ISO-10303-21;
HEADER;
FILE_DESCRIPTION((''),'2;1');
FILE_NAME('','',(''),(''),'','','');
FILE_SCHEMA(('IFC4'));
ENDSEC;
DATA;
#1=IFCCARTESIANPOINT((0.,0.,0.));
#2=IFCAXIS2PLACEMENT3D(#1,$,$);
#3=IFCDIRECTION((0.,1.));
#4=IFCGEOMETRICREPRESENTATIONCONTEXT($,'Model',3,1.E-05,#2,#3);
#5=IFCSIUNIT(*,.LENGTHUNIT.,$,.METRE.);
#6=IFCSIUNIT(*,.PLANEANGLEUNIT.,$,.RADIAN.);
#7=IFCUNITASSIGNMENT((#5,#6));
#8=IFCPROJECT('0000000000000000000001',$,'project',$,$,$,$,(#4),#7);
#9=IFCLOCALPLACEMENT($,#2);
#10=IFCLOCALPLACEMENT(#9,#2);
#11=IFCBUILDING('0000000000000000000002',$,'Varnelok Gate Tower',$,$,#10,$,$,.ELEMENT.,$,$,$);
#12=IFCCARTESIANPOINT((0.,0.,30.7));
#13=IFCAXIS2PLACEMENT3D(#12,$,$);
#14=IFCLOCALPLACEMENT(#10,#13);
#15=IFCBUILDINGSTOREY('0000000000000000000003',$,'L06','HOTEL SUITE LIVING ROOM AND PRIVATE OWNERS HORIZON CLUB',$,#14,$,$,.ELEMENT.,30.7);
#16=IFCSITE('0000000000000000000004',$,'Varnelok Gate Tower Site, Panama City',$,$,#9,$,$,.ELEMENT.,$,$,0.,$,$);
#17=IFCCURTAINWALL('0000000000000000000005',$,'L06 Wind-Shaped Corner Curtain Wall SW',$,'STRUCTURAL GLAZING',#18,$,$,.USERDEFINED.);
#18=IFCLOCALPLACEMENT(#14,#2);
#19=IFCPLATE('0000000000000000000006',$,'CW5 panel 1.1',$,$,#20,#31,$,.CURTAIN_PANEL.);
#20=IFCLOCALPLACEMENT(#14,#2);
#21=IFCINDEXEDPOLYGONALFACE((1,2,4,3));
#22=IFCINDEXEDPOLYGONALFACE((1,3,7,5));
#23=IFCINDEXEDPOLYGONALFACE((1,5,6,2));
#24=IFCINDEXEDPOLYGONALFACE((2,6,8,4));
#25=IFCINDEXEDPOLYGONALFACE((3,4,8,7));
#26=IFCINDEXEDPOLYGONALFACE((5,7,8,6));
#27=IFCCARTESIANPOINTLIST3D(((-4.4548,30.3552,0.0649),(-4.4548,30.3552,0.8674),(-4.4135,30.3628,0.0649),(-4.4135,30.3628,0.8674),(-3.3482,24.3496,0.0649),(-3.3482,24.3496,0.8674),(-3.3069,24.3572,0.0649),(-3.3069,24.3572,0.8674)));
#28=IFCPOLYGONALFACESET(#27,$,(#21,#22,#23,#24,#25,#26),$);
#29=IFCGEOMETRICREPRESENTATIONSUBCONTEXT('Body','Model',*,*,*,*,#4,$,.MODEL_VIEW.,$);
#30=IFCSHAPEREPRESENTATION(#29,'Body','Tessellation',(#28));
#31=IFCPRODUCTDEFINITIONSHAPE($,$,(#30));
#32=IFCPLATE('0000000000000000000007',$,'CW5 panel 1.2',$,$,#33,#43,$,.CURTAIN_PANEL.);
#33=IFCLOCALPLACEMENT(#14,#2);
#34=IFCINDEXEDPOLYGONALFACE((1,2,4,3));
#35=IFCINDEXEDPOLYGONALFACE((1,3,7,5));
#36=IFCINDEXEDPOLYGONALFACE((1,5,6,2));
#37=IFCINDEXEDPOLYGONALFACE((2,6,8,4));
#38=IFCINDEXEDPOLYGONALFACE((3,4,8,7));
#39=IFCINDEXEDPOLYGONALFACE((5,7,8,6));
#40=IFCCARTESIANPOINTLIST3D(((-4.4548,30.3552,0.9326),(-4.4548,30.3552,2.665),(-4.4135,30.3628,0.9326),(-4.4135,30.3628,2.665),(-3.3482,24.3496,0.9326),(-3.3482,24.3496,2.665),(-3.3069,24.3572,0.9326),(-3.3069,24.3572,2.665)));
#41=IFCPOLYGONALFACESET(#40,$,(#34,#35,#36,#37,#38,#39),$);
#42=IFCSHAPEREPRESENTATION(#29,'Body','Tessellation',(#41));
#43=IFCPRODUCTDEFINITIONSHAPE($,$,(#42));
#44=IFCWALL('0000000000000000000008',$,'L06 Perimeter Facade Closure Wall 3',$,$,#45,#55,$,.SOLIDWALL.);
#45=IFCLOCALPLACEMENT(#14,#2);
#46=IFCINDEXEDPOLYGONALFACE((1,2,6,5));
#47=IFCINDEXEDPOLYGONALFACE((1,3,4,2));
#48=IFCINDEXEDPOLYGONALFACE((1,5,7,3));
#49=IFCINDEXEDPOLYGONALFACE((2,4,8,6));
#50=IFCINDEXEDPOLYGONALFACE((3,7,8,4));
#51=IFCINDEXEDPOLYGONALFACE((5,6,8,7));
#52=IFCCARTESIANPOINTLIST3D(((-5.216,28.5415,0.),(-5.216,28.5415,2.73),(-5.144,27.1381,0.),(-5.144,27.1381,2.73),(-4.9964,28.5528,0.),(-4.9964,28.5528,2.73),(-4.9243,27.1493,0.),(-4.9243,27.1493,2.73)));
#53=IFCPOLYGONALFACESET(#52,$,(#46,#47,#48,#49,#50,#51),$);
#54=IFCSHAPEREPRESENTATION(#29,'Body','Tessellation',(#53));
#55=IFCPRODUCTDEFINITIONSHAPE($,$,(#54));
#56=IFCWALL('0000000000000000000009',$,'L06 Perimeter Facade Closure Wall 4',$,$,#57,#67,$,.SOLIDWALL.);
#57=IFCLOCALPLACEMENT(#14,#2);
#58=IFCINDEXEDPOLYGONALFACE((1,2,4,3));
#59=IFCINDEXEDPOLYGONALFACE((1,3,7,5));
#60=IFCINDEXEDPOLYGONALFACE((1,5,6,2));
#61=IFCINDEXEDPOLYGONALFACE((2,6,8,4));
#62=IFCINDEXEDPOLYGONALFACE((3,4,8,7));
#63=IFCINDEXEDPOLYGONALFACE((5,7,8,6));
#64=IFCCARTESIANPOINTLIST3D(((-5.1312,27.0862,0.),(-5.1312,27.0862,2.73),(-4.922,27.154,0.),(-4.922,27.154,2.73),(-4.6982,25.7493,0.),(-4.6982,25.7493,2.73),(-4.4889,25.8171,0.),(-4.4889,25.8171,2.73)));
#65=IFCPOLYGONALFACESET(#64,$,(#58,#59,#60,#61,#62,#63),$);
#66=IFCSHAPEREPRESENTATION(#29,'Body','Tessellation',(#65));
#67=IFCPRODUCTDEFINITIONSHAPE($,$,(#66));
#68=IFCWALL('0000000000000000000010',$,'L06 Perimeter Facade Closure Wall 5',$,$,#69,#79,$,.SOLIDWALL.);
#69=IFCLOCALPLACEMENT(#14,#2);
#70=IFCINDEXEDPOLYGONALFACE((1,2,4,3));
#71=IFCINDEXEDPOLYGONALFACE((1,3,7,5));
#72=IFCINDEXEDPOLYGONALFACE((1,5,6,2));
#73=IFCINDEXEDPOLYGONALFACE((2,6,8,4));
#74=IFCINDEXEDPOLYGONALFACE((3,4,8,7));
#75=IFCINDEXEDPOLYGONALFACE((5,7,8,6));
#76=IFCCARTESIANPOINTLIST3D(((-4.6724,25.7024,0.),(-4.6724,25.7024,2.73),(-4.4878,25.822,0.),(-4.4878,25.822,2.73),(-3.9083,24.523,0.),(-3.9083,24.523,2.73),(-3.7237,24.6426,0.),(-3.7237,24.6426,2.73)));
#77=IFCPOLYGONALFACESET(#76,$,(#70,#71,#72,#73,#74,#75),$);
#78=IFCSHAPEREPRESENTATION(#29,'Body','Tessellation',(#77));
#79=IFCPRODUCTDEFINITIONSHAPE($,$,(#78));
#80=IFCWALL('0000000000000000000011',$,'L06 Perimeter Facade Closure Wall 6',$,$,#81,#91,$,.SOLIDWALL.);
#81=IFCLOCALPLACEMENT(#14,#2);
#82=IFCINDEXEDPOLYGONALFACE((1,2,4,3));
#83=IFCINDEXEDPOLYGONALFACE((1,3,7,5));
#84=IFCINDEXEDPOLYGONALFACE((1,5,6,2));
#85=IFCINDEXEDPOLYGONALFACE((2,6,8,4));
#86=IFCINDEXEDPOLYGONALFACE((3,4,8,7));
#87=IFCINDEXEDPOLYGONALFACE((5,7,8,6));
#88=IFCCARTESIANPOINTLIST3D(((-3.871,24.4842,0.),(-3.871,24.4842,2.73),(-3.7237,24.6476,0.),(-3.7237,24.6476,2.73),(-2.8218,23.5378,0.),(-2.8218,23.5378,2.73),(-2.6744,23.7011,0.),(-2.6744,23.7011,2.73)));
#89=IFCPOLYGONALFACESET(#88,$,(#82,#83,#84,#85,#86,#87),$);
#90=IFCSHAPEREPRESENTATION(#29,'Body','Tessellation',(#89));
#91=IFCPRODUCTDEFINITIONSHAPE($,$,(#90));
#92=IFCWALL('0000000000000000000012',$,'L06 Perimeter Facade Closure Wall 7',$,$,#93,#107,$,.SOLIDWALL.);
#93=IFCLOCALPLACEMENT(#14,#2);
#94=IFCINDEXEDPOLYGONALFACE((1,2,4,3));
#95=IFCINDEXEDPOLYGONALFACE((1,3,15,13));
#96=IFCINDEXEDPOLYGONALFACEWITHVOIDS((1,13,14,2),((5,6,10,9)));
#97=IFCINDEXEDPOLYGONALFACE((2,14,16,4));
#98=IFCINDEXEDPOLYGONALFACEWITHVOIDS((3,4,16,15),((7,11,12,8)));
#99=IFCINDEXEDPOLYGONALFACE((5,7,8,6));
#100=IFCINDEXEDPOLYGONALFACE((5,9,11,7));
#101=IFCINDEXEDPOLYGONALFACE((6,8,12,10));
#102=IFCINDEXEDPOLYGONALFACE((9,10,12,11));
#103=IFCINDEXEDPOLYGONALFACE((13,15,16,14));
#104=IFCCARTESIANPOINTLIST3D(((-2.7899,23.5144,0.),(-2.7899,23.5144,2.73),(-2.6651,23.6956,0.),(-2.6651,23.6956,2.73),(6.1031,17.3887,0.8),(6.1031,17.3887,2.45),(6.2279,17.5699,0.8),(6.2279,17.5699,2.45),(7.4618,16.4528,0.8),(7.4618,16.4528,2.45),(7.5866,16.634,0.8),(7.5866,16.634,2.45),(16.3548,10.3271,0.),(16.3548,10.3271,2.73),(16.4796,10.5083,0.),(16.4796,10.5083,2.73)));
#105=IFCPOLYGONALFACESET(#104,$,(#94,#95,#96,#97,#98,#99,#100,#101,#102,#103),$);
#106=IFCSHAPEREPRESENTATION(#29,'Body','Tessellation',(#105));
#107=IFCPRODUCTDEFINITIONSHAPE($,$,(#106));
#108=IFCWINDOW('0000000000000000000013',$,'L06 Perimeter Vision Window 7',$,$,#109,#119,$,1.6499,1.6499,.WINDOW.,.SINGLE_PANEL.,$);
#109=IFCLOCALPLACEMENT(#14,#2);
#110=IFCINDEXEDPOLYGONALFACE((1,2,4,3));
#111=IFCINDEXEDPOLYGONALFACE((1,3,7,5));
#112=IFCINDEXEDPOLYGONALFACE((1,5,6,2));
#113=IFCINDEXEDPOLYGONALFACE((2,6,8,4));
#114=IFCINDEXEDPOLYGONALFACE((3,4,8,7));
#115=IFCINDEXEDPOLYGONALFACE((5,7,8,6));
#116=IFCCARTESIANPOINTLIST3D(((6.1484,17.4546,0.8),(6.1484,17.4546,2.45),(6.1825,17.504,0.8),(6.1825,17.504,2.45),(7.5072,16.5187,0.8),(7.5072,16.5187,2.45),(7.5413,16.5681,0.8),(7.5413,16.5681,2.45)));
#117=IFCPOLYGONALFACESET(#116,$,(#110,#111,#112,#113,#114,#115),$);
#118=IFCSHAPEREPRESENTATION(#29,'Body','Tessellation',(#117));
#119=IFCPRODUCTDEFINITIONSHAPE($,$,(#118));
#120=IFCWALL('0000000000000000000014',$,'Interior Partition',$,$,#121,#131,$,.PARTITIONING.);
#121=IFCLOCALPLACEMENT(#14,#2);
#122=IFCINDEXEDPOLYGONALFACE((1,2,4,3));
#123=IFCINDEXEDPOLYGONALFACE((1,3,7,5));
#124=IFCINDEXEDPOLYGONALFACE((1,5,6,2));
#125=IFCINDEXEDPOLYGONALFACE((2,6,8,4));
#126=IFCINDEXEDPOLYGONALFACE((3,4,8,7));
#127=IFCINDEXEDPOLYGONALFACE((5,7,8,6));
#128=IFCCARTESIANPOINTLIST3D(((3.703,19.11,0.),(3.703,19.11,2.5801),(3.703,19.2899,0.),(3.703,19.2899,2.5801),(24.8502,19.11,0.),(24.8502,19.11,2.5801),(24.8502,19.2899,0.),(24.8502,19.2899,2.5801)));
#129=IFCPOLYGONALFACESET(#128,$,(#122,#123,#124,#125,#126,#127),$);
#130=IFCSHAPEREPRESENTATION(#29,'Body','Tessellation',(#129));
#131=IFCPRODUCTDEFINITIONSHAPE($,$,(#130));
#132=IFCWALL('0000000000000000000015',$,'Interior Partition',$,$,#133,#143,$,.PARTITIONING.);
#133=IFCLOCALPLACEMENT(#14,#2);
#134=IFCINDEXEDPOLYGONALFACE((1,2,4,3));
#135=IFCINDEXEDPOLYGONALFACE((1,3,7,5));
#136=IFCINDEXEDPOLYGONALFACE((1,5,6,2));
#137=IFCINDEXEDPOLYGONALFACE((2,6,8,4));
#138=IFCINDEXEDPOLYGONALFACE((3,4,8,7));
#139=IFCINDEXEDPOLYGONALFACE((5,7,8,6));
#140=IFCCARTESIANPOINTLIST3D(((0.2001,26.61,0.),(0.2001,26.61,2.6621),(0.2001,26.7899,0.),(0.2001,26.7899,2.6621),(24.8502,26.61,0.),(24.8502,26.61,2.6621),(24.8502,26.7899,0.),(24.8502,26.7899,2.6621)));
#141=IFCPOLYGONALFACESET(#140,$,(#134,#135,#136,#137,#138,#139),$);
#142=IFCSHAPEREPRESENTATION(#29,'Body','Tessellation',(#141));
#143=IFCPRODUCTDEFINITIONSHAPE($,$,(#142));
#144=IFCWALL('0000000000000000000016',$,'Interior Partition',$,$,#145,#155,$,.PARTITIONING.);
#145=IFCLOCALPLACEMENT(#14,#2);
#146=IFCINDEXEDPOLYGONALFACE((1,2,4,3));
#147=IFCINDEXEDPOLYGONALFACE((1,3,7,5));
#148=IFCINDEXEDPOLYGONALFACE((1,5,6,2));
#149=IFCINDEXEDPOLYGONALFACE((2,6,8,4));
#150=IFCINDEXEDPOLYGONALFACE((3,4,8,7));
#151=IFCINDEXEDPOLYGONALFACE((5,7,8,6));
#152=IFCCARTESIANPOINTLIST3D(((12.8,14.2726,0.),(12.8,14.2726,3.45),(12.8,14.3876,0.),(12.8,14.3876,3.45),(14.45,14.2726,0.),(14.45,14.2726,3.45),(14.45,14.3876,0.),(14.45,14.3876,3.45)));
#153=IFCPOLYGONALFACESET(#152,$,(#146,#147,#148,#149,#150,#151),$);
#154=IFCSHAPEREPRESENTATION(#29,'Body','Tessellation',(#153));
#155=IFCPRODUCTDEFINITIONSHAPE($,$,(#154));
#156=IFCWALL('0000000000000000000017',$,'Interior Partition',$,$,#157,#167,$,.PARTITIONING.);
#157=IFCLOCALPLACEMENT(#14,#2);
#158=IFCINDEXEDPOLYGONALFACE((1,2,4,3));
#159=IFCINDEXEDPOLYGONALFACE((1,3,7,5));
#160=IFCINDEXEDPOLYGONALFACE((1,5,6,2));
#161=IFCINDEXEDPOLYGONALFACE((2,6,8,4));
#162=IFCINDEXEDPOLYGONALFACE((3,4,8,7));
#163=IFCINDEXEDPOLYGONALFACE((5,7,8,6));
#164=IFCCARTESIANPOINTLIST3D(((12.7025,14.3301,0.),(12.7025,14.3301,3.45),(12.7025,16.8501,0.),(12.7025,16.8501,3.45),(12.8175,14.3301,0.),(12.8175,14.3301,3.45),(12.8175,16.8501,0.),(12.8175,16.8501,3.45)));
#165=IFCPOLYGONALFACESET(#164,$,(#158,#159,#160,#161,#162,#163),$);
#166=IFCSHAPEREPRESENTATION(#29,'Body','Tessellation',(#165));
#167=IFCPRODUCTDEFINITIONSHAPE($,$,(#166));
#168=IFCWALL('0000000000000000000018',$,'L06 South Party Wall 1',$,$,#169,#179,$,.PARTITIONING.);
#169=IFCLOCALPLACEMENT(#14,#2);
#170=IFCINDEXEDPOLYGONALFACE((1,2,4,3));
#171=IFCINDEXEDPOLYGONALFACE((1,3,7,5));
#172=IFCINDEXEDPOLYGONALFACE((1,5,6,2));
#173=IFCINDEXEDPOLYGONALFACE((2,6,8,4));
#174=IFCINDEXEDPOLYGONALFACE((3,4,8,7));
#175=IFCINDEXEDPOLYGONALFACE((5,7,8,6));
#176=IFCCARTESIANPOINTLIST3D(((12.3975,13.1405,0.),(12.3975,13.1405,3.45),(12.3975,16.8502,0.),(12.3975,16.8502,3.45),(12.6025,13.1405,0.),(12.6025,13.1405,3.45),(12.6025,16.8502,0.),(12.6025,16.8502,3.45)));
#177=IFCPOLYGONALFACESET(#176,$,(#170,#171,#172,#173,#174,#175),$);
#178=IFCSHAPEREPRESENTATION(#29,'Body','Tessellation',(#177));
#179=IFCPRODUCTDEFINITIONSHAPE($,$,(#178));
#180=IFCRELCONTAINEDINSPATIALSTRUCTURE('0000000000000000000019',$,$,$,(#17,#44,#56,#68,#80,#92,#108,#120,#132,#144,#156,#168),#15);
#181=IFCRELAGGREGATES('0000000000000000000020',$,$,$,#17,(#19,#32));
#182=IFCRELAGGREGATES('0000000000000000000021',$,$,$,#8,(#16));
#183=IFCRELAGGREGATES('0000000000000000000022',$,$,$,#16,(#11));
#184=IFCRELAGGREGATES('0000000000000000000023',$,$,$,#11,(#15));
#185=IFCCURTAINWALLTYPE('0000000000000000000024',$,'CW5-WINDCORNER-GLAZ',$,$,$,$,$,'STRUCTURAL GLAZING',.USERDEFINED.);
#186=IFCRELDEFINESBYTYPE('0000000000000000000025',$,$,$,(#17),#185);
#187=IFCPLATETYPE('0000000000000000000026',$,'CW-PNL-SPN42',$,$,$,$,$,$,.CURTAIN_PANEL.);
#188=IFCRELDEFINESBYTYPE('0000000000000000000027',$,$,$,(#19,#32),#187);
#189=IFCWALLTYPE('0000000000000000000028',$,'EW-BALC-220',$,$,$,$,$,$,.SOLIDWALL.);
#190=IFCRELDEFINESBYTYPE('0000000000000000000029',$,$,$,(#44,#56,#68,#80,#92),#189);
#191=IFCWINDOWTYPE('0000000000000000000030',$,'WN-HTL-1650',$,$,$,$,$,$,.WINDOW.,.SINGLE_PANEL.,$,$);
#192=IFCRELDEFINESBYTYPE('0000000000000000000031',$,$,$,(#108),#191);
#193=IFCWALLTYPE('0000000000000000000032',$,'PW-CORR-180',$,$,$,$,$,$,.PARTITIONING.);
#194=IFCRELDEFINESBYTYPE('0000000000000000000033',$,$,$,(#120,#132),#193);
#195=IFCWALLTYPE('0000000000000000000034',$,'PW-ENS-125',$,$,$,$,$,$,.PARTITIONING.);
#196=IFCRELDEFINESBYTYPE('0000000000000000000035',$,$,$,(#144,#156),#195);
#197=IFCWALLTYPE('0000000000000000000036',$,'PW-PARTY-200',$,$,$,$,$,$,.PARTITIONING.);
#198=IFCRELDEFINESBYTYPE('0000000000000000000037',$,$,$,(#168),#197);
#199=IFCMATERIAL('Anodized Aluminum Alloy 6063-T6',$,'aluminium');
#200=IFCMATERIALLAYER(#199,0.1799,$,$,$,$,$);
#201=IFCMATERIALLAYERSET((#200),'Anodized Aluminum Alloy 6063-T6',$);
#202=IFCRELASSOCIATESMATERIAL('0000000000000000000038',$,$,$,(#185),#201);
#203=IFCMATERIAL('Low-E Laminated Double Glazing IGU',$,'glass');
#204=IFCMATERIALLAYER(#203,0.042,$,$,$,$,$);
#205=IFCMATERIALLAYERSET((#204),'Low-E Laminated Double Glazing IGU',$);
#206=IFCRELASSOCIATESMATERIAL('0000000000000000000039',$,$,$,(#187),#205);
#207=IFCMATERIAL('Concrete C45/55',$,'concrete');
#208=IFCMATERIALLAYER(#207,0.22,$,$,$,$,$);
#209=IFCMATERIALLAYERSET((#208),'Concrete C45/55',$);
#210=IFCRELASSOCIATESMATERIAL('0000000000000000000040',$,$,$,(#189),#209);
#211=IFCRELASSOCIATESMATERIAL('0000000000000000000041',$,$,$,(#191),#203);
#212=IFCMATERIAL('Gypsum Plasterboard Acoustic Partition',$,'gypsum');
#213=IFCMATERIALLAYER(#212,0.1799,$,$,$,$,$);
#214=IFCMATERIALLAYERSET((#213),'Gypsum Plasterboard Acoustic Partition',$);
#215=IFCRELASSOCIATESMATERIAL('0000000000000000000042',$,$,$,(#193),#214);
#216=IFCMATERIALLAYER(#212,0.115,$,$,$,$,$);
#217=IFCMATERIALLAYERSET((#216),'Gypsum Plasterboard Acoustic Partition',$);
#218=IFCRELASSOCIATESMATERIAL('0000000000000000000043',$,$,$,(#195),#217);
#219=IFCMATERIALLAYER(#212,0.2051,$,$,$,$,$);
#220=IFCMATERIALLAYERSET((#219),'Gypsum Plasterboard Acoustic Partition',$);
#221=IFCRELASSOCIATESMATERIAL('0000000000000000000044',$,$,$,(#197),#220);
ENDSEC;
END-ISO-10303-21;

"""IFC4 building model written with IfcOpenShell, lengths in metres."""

from ifc_helpers import new_model, si_unit, direction, frame, frame_2d, origin, origin_2d, place, context, subcontext, project, spatial, rectangle, extrude, source, transform, mapped, material, layer, layer_set, type_object, element, fill, aggregate, save


model = new_model("IFC4")

# Units and contexts
model_context = context("Model", 3, precision=1e-05, world=origin(), true_north=direction((0.0, 1.0)))
body_context = subcontext(model_context, "Body", "Model", "MODEL_VIEW")
ifc_project = project(units=[si_unit("LENGTHUNIT", "METRE"), si_unit("PLANEANGLEUNIT", "RADIAN")], contexts=[model_context])

# Site, building, storey
site_placement = place(None, origin())
site = spatial("IfcSite", under=ifc_project, at=site_placement, Name="Varnelok Gate Tower Site, Panama City", CompositionType="ELEMENT", RefElevation=0.0)
building_placement = place(site_placement, origin())
building = spatial("IfcBuilding", under=site, at=building_placement, Name="Varnelok Gate Tower", CompositionType="ELEMENT")
storey_placement = place(building_placement, frame((0.0, 0.0, 30.7)))
storey = spatial("IfcBuildingStorey", under=building, at=storey_placement, Name="L06", Description="HOTEL SUITE LIVING ROOM AND PRIVATE OWNERS HORIZON CLUB", CompositionType="ELEMENT", Elevation=30.7)

# Curtain wall
ifc_material_1 = material(Name="Anodized Aluminum Alloy 6063-T6", Category="aluminium")
ifc_layer_1 = layer(ifc_material_1, 0.1799)
ifc_layer_set_1 = layer_set([ifc_layer_1], Name="Anodized Aluminum Alloy 6063-T6")
curtain_wall_type = type_object("IfcCurtainWallType", Name="CW5-WINDCORNER-GLAZ", ElementType="STRUCTURAL GLAZING", PredefinedType="USERDEFINED", material=ifc_layer_set_1)
curtain_wall_placement = place(storey_placement, origin())
curtain_wall = element("IfcCurtainWall", 1, at=curtain_wall_placement, inside=storey, type_object=curtain_wall_type, Name="L06 Wind-Shaped Corner Curtain Wall SW", ObjectType="STRUCTURAL GLAZING", PredefinedType="USERDEFINED")

# Shared definitions
ifc_material_2 = material(Name="Concrete C45/55", Category="concrete")

# Plates
ifc_material_3 = material(Name="Low-E Laminated Double Glazing IGU", Category="glass")
ifc_layer_2 = layer(ifc_material_3, 0.042)
ifc_layer_set_2 = layer_set([ifc_layer_2], Name="Low-E Laminated Double Glazing IGU")
plate_type = type_object("IfcPlateType", Name="CW-PNL-SPN42", PredefinedType="CURTAIN_PANEL", material=ifc_layer_set_2)
shared_shape_1 = source(origin(), body_context, "Body", "SweptSolid", [
    extrude(rectangle(XDim=6.1067, YDim=0.042, at=origin_2d()), origin(), (0.0, 0.0, 1.0), 0.8025),
])
plate_1_placement = place(storey_placement, frame((-3.8809, 27.3562, 0.0649), z_axis=(0.0, 0.0, 1.0), x_axis=(0.181203, -0.983446, 0.0)))
plate_1 = element("IfcPlate", 2, at=plate_1_placement, type_object=plate_type, Name="CW5 panel 1.1", PredefinedType="CURTAIN_PANEL", context=body_context, shape_type="MappedRepresentation", body=[
    mapped(shared_shape_1, transform((0.0, 0.0, 0.0), scale=1.0)),
])
shared_shape_2 = source(origin(), body_context, "Body", "SweptSolid", [
    extrude(rectangle(XDim=6.1067, YDim=0.042, at=origin_2d()), origin(), (0.0, 0.0, 1.0), 1.7324),
])
plate_2_placement = place(storey_placement, frame((-3.8809, 27.3562, 0.9326), z_axis=(0.0, 0.0, 1.0), x_axis=(0.181203, -0.983446, 0.0)))
plate_2 = element("IfcPlate", 3, at=plate_2_placement, type_object=plate_type, Name="CW5 panel 1.2", PredefinedType="CURTAIN_PANEL", context=body_context, shape_type="MappedRepresentation", body=[
    mapped(shared_shape_2, transform((0.0, 0.0, 0.0), scale=1.0)),
])
aggregate(curtain_wall, [plate_1, plate_2])

# Walls
ifc_layer_3 = layer(ifc_material_2, 0.22)
ifc_layer_set_3 = layer_set([ifc_layer_3], Name="Concrete C45/55")
wall_type_1 = type_object("IfcWallType", Name="EW-BALC-220", PredefinedType="SOLIDWALL", material=ifc_layer_set_3)
for number, where, z_axis, x_axis, name in (
    (4, (-5.1062, 28.5471, 0.0), (0.0, 0.0, 1.0), (0.051255, -0.998686, 0.0), "L06 Perimeter Facade Closure Wall 3"),
    (5, (-5.0266, 27.1201, 0.0), (0.0, 0.0, 1.0), (0.30819, -0.951325, 0.0), "L06 Perimeter Facade Closure Wall 4"),
    (6, (-4.5801, 25.7622, 0.0), (0.0, 0.0, 1.0), (0.543748, -0.839248, 0.0), "L06 Perimeter Facade Closure Wall 5"),
):
    element("IfcWall", number, at=place(storey_placement, frame(where, z_axis=z_axis, x_axis=x_axis)), inside=storey, type_object=wall_type_1, Name=name, PredefinedType="SOLIDWALL", context=body_context, shape_type="SweptSolid", body=[
        extrude(rectangle(XDim=1.4053, YDim=0.22, at=frame_2d((0.7026, 0.0))), origin(), (0.0, 0.0, 1.0), 2.73),
    ])
wall_1_placement = place(storey_placement, frame((-3.7974, 24.5659, 0.0), z_axis=(0.0, 0.0, 1.0), x_axis=(0.742538, -0.669804, 0.0)))
element("IfcWall", 7, at=wall_1_placement, inside=storey, type_object=wall_type_1, Name="L06 Perimeter Facade Closure Wall 6", PredefinedType="SOLIDWALL", context=body_context, shape_type="SweptSolid", body=[
    extrude(rectangle(XDim=1.4131, YDim=0.22, at=frame_2d((0.7065, 0.0))), origin(), (0.0, 0.0, 1.0), 2.73),
])

# Wall, opening, window
wall_2_placement = place(storey_placement, frame((-2.7275, 23.605, 0.0), z_axis=(0.0, 0.0, 1.0), x_axis=(0.823535, -0.567265, 0.0)))
wall_2 = element("IfcWall", 8, at=wall_2_placement, inside=storey, type_object=wall_type_1, Name="L06 Perimeter Facade Closure Wall 7", PredefinedType="SOLIDWALL", context=body_context, shape_type="SweptSolid", body=[
    extrude(rectangle(XDim=23.2471, YDim=0.22, at=frame_2d((11.6235, 0.0))), origin(), (0.0, 0.0, 1.0), 2.73),
])
opening_1_placement = place(wall_2_placement, frame((10.7986, 0.0, 0.8)))
opening_1 = element("IfcOpeningElement", 9, at=opening_1_placement, cuts=wall_2, PredefinedType="OPENING", context=body_context, shape_type="SweptSolid", body=[
    extrude(rectangle(XDim=1.6499, YDim=1.6499, at=frame_2d((0.825, 0.825))), frame((0.0, 0.1199, 0.0), z_axis=(0.0, -1.0, 0.0), x_axis=(1.0, 0.0, 0.0)), (0.0, 0.0, 1.0), 0.24),
])
window_type = type_object("IfcWindowType", Name="WN-HTL-1650", PartitioningType="SINGLE_PANEL", PredefinedType="WINDOW", material=ifc_material_3)
window_placement = place(opening_1_placement, origin())
window = element("IfcWindow", 10, at=window_placement, inside=storey, type_object=window_type, Name="L06 Perimeter Vision Window 7", OverallHeight=1.6499, OverallWidth=1.6499, PartitioningType="SINGLE_PANEL", PredefinedType="WINDOW", context=body_context, shape_type="SweptSolid", body=[
    extrude(rectangle(XDim=1.6499, YDim=1.6499, at=frame_2d((0.825, 0.825))), frame((0.0, 0.03, 0.0), z_axis=(0.0, -1.0, 0.0), x_axis=(1.0, 0.0, 0.0)), (0.0, 0.0, 1.0), 0.0601),
])
fill(opening_1, window)

# Shared definitions
ifc_material_4 = material(Name="Gypsum Plasterboard Acoustic Partition", Category="gypsum")
ifc_layer_4 = layer(ifc_material_4, 0.1799)
ifc_layer_set_4 = layer_set([ifc_layer_4], Name="Gypsum Plasterboard Acoustic Partition")
wall_type_2 = type_object("IfcWallType", Name="PW-CORR-180", PredefinedType="PARTITIONING", material=ifc_layer_set_4)

# Walls
wall_3_placement = place(storey_placement, frame((3.7029, 19.2, 0.0), z_axis=(0.0, 0.0, 1.0), x_axis=(1.0, 0.0, 0.0)))
element("IfcWall", 11, at=wall_3_placement, inside=storey, type_object=wall_type_2, Name="Interior Partition", PredefinedType="PARTITIONING", context=body_context, shape_type="SweptSolid", body=[
    extrude(rectangle(XDim=21.1472, YDim=0.1799, at=frame_2d((10.5737, 0.0))), origin(), (0.0, 0.0, 1.0), 2.5801),
])
wall_4_placement = place(storey_placement, frame((0.2, 26.7, 0.0), z_axis=(0.0, 0.0, 1.0), x_axis=(1.0, 0.0, 0.0)))
element("IfcWall", 12, at=wall_4_placement, inside=storey, type_object=wall_type_2, Name="Interior Partition", PredefinedType="PARTITIONING", context=body_context, shape_type="SweptSolid", body=[
    extrude(rectangle(XDim=24.6501, YDim=0.1799, at=frame_2d((12.3252, 0.0))), origin(), (0.0, 0.0, 1.0), 2.6621),
])
ifc_layer_5 = layer(ifc_material_4, 0.115)
ifc_layer_set_5 = layer_set([ifc_layer_5], Name="Gypsum Plasterboard Acoustic Partition")
wall_type_3 = type_object("IfcWallType", Name="PW-ENS-125", PredefinedType="PARTITIONING", material=ifc_layer_set_5)
wall_5_placement = place(storey_placement, frame((12.8, 14.3301, 0.0), z_axis=(0.0, 0.0, 1.0), x_axis=(1.0, 0.0, 0.0)))
element("IfcWall", 13, at=wall_5_placement, inside=storey, type_object=wall_type_3, Name="Interior Partition", PredefinedType="PARTITIONING", context=body_context, shape_type="SweptSolid", body=[
    extrude(rectangle(XDim=1.6499, YDim=0.115, at=frame_2d((0.825, 0.0))), origin(), (0.0, 0.0, 1.0), 3.45),
])
wall_6_placement = place(storey_placement, frame((12.76, 14.3301, 0.0), z_axis=(0.0, 0.0, 1.0), x_axis=(0.0, 1.0, 0.0)))
element("IfcWall", 14, at=wall_6_placement, inside=storey, type_object=wall_type_3, Name="Interior Partition", PredefinedType="PARTITIONING", context=body_context, shape_type="SweptSolid", body=[
    extrude(rectangle(XDim=2.52, YDim=0.115, at=frame_2d((1.26, 0.0))), origin(), (0.0, 0.0, 1.0), 3.45),
])
ifc_layer_6 = layer(ifc_material_4, 0.2051)
ifc_layer_set_6 = layer_set([ifc_layer_6], Name="Gypsum Plasterboard Acoustic Partition")
wall_type_4 = type_object("IfcWallType", Name="PW-PARTY-200", PredefinedType="PARTITIONING", material=ifc_layer_set_6)
wall_7_placement = place(storey_placement, frame((12.5, 13.1404, 0.0), z_axis=(0.0, 0.0, 1.0), x_axis=(0.0, 1.0, 0.0)))
element("IfcWall", 15, at=wall_7_placement, inside=storey, type_object=wall_type_4, Name="L06 South Party Wall 1", PredefinedType="PARTITIONING", context=body_context, shape_type="SweptSolid", body=[
    extrude(rectangle(XDim=3.7097, YDim=0.2051, at=frame_2d((1.855, 0.0))), origin(), (0.0, 0.0, 1.0), 3.45),
])

save(model, "model.ifc")
